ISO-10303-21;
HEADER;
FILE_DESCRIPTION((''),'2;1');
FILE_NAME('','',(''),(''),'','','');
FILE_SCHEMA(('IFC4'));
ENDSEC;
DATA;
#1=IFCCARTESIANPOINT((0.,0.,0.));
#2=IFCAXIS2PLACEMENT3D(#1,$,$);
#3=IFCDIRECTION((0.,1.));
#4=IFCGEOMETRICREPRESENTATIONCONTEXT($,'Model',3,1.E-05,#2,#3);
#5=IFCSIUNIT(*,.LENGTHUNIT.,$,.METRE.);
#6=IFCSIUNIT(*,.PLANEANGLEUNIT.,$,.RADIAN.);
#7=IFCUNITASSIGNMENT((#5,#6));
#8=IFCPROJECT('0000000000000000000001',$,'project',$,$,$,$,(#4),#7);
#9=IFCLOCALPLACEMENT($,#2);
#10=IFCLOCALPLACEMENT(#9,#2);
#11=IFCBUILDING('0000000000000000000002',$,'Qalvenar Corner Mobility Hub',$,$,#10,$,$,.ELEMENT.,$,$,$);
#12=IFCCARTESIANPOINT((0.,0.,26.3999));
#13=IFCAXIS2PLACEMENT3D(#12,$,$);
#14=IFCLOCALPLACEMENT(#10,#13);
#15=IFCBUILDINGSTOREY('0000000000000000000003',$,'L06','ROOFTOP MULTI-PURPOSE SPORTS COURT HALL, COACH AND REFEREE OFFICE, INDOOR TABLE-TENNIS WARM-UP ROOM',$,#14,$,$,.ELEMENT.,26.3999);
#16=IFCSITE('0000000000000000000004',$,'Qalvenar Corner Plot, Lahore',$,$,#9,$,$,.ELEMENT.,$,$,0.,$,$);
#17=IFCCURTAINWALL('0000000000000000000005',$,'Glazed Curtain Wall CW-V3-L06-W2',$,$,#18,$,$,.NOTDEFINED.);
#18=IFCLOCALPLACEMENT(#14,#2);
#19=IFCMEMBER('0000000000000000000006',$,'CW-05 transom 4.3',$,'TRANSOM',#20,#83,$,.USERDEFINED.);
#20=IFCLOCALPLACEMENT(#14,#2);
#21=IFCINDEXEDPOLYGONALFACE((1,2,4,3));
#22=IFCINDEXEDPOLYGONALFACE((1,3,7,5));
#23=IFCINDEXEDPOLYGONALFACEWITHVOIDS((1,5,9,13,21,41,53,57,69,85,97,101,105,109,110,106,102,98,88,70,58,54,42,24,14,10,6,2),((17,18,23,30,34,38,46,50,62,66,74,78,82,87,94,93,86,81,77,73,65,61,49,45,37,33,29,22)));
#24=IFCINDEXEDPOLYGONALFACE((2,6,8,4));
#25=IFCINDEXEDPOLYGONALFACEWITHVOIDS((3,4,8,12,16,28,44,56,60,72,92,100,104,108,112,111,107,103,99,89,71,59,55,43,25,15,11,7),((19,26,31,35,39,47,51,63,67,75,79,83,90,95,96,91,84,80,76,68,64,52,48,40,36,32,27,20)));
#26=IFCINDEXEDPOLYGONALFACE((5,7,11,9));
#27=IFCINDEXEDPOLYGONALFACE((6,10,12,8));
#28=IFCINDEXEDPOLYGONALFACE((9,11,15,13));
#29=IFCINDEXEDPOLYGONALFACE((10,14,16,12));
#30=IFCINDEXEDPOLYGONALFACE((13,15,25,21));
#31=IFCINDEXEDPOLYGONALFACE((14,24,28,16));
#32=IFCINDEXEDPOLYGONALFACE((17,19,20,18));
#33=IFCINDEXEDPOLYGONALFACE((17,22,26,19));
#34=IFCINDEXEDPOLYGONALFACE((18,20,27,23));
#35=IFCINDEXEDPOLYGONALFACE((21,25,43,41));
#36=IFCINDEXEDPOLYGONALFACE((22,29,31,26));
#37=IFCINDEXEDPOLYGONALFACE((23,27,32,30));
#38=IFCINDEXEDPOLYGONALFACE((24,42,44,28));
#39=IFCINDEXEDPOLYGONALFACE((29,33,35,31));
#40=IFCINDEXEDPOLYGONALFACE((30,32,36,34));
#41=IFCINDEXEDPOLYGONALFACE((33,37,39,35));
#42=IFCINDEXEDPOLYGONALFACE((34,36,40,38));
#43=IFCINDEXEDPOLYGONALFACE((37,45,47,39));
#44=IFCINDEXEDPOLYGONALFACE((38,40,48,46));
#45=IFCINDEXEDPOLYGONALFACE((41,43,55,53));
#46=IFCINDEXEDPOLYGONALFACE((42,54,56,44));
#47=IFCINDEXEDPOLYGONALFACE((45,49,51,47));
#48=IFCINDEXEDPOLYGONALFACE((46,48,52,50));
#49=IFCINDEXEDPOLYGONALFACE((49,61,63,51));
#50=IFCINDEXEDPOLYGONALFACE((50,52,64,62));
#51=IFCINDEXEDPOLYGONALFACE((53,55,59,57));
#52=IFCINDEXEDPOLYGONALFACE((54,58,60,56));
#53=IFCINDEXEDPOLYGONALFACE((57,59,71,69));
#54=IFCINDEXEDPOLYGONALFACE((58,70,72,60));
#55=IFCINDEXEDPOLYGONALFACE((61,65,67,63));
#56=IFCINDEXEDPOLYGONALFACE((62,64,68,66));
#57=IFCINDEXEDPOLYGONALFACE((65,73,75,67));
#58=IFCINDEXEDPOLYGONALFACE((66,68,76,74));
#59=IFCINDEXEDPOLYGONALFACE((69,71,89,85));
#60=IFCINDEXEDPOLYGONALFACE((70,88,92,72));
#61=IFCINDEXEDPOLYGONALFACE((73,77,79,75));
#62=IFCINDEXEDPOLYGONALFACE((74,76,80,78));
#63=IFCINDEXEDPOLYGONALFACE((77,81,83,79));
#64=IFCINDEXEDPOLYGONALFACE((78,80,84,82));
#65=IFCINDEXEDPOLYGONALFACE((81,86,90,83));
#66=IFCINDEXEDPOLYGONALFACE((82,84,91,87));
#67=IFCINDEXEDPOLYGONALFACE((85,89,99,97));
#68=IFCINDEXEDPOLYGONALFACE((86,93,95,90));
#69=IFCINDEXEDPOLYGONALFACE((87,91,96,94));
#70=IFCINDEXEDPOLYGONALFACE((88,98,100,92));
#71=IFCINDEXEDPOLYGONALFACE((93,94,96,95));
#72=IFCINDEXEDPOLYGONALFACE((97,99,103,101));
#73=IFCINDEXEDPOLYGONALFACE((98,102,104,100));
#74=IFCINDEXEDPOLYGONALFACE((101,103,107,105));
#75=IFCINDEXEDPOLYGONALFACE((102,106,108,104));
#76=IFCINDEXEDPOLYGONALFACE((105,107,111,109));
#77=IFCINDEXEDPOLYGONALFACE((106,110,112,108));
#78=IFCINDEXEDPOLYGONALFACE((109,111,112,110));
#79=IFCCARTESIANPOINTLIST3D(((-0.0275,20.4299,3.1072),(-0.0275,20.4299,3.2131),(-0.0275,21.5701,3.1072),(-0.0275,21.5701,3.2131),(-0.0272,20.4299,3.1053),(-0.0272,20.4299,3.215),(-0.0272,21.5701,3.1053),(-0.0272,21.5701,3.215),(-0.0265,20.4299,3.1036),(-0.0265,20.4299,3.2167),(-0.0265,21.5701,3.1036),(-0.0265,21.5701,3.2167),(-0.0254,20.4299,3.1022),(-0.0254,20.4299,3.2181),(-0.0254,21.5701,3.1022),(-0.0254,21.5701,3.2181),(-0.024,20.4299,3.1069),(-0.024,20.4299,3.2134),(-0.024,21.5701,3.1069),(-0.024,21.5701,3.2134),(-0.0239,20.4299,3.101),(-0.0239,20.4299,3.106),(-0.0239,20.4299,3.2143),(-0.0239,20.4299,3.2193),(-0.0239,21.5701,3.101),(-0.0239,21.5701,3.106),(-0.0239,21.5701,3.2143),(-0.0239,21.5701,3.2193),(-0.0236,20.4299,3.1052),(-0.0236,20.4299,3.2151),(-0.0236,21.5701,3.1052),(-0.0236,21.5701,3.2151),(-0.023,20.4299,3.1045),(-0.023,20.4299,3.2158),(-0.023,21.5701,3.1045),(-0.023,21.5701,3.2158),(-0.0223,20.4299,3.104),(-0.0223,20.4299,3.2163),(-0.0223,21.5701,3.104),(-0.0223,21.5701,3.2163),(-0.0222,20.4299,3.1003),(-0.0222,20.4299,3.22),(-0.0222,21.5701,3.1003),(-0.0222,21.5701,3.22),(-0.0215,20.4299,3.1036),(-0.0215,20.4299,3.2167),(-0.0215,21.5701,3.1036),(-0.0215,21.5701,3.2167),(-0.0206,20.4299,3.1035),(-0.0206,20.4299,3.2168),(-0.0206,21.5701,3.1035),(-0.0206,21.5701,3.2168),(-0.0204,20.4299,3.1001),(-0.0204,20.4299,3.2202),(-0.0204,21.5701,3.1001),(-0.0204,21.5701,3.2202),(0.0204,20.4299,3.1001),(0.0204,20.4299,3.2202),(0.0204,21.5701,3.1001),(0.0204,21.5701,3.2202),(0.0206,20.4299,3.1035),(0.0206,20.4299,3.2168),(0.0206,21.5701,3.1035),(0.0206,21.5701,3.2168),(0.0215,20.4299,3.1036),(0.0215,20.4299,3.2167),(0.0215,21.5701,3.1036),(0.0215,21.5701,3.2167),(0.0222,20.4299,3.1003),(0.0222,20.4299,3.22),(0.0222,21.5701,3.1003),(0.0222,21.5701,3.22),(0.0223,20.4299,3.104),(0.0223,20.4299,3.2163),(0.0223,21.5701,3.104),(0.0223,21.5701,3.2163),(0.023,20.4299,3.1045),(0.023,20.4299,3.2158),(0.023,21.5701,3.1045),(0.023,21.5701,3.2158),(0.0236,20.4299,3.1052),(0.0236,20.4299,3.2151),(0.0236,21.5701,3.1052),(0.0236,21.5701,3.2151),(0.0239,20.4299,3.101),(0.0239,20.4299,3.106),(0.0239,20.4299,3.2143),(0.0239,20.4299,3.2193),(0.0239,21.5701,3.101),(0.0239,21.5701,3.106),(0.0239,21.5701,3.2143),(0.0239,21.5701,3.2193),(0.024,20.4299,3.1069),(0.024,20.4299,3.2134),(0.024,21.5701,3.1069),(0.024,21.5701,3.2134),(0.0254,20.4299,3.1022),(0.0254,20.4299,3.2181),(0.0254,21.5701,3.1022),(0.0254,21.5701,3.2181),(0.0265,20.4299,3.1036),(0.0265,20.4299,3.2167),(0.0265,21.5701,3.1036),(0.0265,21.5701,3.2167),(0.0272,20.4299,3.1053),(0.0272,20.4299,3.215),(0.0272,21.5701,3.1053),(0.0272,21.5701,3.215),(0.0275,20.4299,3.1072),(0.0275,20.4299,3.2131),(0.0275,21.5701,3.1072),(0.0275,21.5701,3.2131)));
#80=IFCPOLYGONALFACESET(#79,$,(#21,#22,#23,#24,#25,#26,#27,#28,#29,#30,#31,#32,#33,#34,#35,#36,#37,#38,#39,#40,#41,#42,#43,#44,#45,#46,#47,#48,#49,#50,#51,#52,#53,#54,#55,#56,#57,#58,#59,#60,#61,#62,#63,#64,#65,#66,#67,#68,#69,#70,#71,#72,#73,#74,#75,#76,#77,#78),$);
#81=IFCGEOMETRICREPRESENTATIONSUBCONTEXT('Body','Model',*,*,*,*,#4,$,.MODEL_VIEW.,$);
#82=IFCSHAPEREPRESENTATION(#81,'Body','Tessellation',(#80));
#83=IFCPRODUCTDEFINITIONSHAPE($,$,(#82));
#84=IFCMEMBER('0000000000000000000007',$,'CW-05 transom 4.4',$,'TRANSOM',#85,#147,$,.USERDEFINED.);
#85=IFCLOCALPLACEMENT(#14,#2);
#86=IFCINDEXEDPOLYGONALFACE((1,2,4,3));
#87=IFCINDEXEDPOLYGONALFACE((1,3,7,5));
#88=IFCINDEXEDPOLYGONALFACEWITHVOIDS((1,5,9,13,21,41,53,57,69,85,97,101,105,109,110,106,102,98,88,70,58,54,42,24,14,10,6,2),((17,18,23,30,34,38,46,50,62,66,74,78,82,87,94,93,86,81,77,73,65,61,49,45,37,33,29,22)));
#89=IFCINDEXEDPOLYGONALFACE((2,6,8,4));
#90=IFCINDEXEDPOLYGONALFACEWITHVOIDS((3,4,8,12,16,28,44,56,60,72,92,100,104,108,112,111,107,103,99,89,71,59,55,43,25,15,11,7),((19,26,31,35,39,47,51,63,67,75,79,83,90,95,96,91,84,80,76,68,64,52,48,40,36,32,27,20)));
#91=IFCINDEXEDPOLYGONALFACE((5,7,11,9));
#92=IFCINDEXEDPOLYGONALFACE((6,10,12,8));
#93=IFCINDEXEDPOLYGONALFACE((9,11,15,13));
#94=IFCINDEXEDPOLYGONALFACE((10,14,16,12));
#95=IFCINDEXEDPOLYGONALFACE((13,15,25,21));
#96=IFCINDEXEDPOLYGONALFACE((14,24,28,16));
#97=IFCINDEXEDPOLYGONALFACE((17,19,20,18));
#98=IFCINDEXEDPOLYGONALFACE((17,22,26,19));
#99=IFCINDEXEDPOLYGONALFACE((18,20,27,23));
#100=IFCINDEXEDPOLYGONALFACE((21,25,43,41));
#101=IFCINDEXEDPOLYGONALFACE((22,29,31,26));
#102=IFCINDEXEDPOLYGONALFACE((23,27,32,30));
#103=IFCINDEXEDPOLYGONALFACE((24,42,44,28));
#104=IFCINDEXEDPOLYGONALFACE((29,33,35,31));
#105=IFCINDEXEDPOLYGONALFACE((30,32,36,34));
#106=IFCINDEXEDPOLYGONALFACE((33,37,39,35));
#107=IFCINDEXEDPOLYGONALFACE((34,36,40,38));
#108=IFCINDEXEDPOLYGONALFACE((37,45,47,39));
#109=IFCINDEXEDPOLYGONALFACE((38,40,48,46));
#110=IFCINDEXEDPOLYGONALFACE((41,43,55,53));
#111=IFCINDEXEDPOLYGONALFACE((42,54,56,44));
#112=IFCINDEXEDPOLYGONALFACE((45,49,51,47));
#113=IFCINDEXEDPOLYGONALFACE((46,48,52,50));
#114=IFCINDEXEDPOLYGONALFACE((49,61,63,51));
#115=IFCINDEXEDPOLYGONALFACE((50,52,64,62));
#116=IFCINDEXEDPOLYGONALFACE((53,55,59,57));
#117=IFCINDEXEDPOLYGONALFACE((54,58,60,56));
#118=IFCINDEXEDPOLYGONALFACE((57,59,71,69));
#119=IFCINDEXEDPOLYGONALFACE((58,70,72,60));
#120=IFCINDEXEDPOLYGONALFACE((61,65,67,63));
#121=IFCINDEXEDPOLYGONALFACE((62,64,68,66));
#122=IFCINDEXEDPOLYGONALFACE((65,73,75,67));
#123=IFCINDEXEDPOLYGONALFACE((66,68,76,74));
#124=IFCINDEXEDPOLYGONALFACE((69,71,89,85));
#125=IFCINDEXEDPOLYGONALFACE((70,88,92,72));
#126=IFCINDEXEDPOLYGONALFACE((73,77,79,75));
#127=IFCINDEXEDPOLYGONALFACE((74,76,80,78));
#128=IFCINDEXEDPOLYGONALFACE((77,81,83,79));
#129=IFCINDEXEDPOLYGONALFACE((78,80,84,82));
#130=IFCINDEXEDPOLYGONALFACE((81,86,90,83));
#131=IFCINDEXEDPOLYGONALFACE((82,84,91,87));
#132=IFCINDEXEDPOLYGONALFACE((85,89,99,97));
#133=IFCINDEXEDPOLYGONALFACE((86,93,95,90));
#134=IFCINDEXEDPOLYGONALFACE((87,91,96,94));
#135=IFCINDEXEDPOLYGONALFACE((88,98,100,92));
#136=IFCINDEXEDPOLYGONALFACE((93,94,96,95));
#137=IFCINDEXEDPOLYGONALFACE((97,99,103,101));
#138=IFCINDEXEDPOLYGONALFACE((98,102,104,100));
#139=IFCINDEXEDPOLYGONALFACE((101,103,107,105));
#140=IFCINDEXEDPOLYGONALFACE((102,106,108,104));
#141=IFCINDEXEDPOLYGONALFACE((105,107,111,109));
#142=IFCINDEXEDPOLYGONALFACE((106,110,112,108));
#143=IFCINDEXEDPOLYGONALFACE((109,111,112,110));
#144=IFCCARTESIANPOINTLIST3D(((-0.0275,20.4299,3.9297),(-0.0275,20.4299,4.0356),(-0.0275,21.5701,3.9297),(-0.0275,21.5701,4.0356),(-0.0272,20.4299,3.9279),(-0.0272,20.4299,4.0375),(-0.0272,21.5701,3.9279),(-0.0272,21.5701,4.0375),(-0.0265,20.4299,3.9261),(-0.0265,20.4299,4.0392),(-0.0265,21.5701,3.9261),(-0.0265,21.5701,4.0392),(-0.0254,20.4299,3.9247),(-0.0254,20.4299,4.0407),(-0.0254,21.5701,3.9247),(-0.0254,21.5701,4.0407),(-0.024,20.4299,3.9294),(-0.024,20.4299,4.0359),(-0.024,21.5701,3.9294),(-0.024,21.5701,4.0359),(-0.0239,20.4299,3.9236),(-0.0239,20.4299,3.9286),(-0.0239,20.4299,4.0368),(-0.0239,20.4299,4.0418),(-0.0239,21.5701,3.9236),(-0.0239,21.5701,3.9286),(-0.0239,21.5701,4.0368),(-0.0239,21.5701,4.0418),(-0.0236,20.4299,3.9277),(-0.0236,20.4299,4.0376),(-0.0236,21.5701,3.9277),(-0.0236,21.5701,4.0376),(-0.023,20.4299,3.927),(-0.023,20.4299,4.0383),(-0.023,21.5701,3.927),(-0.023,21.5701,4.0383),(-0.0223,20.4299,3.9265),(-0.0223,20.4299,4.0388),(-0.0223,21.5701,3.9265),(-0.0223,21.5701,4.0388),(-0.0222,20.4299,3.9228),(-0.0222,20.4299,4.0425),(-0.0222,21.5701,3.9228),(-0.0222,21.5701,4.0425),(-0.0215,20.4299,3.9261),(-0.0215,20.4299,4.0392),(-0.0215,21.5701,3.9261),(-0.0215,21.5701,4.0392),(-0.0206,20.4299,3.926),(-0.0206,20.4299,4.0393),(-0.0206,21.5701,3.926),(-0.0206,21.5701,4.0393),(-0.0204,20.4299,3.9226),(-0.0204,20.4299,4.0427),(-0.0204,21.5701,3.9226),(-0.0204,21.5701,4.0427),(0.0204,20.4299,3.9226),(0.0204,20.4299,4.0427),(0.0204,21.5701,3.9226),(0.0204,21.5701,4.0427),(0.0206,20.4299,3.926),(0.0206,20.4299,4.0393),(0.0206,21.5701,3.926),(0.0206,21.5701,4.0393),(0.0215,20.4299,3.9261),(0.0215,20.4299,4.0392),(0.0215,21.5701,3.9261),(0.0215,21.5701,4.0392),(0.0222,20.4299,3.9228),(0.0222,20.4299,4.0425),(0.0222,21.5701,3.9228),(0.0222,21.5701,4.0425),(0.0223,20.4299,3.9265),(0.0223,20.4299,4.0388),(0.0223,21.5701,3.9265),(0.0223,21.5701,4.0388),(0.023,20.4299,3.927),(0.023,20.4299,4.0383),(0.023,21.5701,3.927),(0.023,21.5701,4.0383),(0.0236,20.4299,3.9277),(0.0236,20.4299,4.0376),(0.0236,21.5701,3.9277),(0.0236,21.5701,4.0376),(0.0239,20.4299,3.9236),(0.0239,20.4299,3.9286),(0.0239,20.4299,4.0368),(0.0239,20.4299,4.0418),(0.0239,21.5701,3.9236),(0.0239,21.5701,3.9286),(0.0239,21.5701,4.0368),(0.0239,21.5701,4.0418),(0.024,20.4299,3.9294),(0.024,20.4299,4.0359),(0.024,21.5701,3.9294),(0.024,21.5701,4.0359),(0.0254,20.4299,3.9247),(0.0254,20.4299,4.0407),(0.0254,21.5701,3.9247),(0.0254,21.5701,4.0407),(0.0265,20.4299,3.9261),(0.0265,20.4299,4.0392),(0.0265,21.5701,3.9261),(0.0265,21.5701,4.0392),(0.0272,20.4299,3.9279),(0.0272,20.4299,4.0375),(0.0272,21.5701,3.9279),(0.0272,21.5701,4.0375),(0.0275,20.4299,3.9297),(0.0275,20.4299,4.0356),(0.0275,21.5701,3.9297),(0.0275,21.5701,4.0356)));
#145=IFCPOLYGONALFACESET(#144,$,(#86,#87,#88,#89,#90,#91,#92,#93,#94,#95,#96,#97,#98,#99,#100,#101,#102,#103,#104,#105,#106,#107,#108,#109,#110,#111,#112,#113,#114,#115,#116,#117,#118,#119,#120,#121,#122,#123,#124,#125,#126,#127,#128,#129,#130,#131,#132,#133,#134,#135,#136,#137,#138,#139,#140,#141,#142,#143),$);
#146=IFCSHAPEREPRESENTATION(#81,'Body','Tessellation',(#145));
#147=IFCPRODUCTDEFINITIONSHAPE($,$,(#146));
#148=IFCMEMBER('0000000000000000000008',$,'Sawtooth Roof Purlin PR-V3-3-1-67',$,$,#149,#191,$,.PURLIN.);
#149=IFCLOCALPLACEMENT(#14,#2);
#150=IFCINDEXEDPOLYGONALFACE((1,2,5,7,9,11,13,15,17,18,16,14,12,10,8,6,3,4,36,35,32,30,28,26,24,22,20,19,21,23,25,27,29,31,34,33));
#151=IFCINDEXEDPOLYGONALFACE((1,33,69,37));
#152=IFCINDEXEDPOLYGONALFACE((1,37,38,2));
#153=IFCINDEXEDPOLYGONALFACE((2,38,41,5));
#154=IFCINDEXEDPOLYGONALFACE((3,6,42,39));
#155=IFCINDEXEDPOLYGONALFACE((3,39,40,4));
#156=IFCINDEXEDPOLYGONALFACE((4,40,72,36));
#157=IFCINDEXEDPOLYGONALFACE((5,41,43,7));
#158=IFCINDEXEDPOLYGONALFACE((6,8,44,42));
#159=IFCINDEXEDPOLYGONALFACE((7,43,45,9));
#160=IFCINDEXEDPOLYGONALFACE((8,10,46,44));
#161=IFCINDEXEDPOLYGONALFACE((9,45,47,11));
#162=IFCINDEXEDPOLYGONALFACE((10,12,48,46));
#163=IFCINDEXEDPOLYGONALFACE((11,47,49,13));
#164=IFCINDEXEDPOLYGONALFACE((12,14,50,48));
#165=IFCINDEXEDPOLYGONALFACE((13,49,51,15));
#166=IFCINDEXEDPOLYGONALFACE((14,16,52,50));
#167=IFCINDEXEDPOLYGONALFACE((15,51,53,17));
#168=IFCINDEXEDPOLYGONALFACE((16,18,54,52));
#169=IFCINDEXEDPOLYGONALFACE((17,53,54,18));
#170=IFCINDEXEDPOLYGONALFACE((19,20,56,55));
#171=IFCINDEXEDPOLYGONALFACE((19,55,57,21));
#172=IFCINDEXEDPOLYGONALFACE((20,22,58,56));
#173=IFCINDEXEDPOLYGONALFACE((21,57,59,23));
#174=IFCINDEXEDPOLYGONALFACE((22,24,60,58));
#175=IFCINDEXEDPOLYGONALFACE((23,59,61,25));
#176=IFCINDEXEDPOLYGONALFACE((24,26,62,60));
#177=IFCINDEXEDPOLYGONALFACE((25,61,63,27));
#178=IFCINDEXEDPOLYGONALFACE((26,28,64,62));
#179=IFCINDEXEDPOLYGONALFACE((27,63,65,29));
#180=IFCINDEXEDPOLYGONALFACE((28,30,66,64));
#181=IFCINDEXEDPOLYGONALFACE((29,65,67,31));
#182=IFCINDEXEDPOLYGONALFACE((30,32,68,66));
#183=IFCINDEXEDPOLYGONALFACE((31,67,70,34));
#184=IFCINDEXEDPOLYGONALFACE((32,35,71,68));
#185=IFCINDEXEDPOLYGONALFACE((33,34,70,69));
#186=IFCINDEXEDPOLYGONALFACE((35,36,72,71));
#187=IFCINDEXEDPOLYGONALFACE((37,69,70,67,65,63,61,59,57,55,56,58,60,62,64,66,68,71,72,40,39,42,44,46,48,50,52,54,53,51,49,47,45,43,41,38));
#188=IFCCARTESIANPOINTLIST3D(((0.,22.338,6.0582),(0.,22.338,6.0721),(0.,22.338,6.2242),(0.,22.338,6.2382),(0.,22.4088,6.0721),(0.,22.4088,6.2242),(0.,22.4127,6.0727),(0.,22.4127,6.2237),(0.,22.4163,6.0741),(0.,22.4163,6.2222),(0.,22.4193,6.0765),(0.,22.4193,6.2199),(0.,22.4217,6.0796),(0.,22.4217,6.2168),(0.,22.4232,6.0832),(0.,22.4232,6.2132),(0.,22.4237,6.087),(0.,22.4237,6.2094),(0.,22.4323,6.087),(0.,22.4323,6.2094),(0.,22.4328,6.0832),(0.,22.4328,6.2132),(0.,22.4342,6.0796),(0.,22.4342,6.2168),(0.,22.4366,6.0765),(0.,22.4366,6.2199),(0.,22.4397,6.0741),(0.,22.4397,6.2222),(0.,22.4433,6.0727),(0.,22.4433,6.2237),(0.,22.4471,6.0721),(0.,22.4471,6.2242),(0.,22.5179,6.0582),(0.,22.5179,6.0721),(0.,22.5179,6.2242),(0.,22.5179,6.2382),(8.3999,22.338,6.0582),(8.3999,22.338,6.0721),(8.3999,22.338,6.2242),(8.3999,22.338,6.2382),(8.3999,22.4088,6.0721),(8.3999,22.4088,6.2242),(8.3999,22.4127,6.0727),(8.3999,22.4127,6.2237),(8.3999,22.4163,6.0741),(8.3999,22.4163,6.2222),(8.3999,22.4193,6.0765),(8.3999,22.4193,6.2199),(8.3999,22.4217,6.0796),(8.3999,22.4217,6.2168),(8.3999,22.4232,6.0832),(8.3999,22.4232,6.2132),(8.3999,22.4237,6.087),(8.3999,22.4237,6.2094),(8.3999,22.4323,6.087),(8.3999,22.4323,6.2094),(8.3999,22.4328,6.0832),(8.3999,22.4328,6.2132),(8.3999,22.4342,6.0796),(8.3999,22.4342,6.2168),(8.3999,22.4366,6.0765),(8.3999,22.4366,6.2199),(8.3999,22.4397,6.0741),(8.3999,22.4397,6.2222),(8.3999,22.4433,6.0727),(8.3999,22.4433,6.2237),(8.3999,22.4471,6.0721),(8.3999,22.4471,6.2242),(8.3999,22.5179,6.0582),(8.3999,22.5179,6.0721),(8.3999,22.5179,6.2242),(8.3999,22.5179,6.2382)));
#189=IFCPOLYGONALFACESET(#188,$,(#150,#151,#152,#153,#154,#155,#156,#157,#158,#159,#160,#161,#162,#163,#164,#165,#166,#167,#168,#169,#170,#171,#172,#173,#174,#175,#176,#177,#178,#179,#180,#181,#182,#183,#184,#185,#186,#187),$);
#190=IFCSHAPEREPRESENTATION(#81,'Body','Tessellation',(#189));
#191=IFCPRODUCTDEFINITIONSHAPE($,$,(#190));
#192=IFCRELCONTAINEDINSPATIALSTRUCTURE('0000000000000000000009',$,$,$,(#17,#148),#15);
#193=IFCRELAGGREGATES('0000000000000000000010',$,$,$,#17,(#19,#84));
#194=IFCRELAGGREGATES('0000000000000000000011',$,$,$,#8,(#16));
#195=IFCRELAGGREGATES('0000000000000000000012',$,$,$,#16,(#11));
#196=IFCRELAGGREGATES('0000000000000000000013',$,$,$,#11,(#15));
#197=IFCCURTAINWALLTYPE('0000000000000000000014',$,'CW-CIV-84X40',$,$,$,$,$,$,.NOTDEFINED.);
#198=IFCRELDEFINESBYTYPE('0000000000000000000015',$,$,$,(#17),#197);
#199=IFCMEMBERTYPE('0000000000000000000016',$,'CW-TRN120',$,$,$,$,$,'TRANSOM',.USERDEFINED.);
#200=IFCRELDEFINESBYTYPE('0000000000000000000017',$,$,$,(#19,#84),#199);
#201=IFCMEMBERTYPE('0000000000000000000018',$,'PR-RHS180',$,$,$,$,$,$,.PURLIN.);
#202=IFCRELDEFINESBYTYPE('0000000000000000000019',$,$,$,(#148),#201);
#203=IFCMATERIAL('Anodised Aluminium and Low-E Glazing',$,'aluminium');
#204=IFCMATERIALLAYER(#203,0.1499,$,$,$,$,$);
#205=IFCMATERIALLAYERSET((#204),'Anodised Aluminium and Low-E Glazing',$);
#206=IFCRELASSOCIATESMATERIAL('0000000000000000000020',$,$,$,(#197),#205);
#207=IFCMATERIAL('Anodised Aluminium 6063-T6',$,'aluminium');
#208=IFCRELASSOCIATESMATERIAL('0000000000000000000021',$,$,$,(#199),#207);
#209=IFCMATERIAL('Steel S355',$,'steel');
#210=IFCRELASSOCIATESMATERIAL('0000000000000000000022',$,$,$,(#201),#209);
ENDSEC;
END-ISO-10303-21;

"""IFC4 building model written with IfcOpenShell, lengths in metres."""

from ifc_helpers import new_model, si_unit, direction, frame, origin, origin_2d, place, context, subcontext, project, spatial, hollow_rectangle, i_section, extrude, material, layer, layer_set, material_profile, profile_set, type_object, element, aggregate, save


model = new_model("IFC4")

# Units and contexts
model_context = context("Model", 3, precision=1e-05, world=origin(), true_north=direction((0.0, 1.0)))
body_context = subcontext(model_context, "Body", "Model", "MODEL_VIEW")
ifc_project = project(units=[si_unit("LENGTHUNIT", "METRE"), si_unit("PLANEANGLEUNIT", "RADIAN")], contexts=[model_context])

# Site, building, storey
site_placement = place(None, origin())
site = spatial("IfcSite", under=ifc_project, at=site_placement, Name="Qalvenar Corner Plot, Lahore", CompositionType="ELEMENT", RefElevation=0.0)
building_placement = place(site_placement, origin())
building = spatial("IfcBuilding", under=site, at=building_placement, Name="Qalvenar Corner Mobility Hub", CompositionType="ELEMENT")
storey_placement = place(building_placement, frame((0.0, 0.0, 26.3999)))
storey = spatial("IfcBuildingStorey", under=building, at=storey_placement, Name="L06", Description="ROOFTOP MULTI-PURPOSE SPORTS COURT HALL, COACH AND REFEREE OFFICE, INDOOR TABLE-TENNIS WARM-UP ROOM", CompositionType="ELEMENT", Elevation=26.3999)

# Shared definitions
ifc_material_1 = material(Name="Steel S355", Category="steel")

# Curtain wall, members
ifc_material_2 = material(Name="Anodised Aluminium and Low-E Glazing", Category="aluminium")
ifc_layer_1 = layer(ifc_material_2, 0.1499)
ifc_layer_set_1 = layer_set([ifc_layer_1], Name="Anodised Aluminium and Low-E Glazing")
curtain_wall_type = type_object("IfcCurtainWallType", Name="CW-CIV-84X40", PredefinedType="NOTDEFINED", material=ifc_layer_set_1)
curtain_wall_placement = place(storey_placement, origin())
curtain_wall = element("IfcCurtainWall", 1, at=curtain_wall_placement, inside=storey, type_object=curtain_wall_type, Name="Glazed Curtain Wall CW-V3-L06-W2", PredefinedType="NOTDEFINED")
ifc_material_3 = material(Name="Anodised Aluminium 6063-T6", Category="aluminium")
ifc_material_profile_1 = material_profile(ifc_material_3, hollow_rectangle(XDim=0.0549, YDim=0.1201, WallThickness=0.0034, InnerFilletRadius=0.0034, OuterFilletRadius=0.0071, at=origin_2d()), Name="RHS120x55x3.5")
ifc_profile_set_1 = profile_set([ifc_material_profile_1], Name="Anodised Aluminium 6063-T6")
member_type_1 = type_object("IfcMemberType", Name="CW-TRN120", ElementType="TRANSOM", PredefinedType="USERDEFINED", material=ifc_profile_set_1)
member_1_placement = place(storey_placement, frame((0.0, 21.5701, 3.1602), z_axis=(0.0, -1.0, 0.0), x_axis=(1.0, 0.0, 0.0)))
member_1 = element("IfcMember", 2, at=member_1_placement, type_object=member_type_1, Name="CW-05 transom 4.3", ObjectType="TRANSOM", PredefinedType="USERDEFINED", context=body_context, shape_type="SweptSolid", body=[
    extrude(hollow_rectangle(XDim=0.0549, YDim=0.1201, WallThickness=0.0034, InnerFilletRadius=0.0034, OuterFilletRadius=0.0071, at=origin_2d()), origin(), (0.0, 0.0, 1.0), 1.1401),
])
member_2_placement = place(storey_placement, frame((0.0, 21.5701, 3.9827), z_axis=(0.0, -1.0, 0.0), x_axis=(1.0, 0.0, 0.0)))
member_2 = element("IfcMember", 3, at=member_2_placement, type_object=member_type_1, Name="CW-05 transom 4.4", ObjectType="TRANSOM", PredefinedType="USERDEFINED", context=body_context, shape_type="SweptSolid", body=[
    extrude(hollow_rectangle(XDim=0.0549, YDim=0.1201, WallThickness=0.0034, InnerFilletRadius=0.0034, OuterFilletRadius=0.0071, at=origin_2d()), origin(), (0.0, 0.0, 1.0), 1.1401),
])

# Member
ifc_material_profile_2 = material_profile(ifc_material_1, i_section(OverallWidth=0.1799, OverallDepth=0.1799, WebThickness=0.0085, FlangeThickness=0.0139, FilletRadius=0.0149, at=origin_2d()), Name="HEB180")
ifc_profile_set_2 = profile_set([ifc_material_profile_2], Name="Steel S355")
member_type_2 = type_object("IfcMemberType", Name="PR-RHS180", PredefinedType="PURLIN", material=ifc_profile_set_2)
member_3_placement = place(storey_placement, frame((0.0, 22.428, 6.1482), z_axis=(1.0, 0.0, 0.0), x_axis=(0.0, 1.0, 0.0)))
element("IfcMember", 4, at=member_3_placement, inside=storey, type_object=member_type_2, Name="Sawtooth Roof Purlin PR-V3-3-1-67", PredefinedType="PURLIN", context=body_context, shape_type="SweptSolid", body=[
    extrude(i_section(OverallWidth=0.1799, OverallDepth=0.1799, WebThickness=0.0085, FlangeThickness=0.0139, FilletRadius=0.0149, at=origin_2d()), origin(), (0.0, 0.0, 1.0), 8.3999),
])

aggregate(curtain_wall, [member_1, member_2])

save(model, "model.ifc")
